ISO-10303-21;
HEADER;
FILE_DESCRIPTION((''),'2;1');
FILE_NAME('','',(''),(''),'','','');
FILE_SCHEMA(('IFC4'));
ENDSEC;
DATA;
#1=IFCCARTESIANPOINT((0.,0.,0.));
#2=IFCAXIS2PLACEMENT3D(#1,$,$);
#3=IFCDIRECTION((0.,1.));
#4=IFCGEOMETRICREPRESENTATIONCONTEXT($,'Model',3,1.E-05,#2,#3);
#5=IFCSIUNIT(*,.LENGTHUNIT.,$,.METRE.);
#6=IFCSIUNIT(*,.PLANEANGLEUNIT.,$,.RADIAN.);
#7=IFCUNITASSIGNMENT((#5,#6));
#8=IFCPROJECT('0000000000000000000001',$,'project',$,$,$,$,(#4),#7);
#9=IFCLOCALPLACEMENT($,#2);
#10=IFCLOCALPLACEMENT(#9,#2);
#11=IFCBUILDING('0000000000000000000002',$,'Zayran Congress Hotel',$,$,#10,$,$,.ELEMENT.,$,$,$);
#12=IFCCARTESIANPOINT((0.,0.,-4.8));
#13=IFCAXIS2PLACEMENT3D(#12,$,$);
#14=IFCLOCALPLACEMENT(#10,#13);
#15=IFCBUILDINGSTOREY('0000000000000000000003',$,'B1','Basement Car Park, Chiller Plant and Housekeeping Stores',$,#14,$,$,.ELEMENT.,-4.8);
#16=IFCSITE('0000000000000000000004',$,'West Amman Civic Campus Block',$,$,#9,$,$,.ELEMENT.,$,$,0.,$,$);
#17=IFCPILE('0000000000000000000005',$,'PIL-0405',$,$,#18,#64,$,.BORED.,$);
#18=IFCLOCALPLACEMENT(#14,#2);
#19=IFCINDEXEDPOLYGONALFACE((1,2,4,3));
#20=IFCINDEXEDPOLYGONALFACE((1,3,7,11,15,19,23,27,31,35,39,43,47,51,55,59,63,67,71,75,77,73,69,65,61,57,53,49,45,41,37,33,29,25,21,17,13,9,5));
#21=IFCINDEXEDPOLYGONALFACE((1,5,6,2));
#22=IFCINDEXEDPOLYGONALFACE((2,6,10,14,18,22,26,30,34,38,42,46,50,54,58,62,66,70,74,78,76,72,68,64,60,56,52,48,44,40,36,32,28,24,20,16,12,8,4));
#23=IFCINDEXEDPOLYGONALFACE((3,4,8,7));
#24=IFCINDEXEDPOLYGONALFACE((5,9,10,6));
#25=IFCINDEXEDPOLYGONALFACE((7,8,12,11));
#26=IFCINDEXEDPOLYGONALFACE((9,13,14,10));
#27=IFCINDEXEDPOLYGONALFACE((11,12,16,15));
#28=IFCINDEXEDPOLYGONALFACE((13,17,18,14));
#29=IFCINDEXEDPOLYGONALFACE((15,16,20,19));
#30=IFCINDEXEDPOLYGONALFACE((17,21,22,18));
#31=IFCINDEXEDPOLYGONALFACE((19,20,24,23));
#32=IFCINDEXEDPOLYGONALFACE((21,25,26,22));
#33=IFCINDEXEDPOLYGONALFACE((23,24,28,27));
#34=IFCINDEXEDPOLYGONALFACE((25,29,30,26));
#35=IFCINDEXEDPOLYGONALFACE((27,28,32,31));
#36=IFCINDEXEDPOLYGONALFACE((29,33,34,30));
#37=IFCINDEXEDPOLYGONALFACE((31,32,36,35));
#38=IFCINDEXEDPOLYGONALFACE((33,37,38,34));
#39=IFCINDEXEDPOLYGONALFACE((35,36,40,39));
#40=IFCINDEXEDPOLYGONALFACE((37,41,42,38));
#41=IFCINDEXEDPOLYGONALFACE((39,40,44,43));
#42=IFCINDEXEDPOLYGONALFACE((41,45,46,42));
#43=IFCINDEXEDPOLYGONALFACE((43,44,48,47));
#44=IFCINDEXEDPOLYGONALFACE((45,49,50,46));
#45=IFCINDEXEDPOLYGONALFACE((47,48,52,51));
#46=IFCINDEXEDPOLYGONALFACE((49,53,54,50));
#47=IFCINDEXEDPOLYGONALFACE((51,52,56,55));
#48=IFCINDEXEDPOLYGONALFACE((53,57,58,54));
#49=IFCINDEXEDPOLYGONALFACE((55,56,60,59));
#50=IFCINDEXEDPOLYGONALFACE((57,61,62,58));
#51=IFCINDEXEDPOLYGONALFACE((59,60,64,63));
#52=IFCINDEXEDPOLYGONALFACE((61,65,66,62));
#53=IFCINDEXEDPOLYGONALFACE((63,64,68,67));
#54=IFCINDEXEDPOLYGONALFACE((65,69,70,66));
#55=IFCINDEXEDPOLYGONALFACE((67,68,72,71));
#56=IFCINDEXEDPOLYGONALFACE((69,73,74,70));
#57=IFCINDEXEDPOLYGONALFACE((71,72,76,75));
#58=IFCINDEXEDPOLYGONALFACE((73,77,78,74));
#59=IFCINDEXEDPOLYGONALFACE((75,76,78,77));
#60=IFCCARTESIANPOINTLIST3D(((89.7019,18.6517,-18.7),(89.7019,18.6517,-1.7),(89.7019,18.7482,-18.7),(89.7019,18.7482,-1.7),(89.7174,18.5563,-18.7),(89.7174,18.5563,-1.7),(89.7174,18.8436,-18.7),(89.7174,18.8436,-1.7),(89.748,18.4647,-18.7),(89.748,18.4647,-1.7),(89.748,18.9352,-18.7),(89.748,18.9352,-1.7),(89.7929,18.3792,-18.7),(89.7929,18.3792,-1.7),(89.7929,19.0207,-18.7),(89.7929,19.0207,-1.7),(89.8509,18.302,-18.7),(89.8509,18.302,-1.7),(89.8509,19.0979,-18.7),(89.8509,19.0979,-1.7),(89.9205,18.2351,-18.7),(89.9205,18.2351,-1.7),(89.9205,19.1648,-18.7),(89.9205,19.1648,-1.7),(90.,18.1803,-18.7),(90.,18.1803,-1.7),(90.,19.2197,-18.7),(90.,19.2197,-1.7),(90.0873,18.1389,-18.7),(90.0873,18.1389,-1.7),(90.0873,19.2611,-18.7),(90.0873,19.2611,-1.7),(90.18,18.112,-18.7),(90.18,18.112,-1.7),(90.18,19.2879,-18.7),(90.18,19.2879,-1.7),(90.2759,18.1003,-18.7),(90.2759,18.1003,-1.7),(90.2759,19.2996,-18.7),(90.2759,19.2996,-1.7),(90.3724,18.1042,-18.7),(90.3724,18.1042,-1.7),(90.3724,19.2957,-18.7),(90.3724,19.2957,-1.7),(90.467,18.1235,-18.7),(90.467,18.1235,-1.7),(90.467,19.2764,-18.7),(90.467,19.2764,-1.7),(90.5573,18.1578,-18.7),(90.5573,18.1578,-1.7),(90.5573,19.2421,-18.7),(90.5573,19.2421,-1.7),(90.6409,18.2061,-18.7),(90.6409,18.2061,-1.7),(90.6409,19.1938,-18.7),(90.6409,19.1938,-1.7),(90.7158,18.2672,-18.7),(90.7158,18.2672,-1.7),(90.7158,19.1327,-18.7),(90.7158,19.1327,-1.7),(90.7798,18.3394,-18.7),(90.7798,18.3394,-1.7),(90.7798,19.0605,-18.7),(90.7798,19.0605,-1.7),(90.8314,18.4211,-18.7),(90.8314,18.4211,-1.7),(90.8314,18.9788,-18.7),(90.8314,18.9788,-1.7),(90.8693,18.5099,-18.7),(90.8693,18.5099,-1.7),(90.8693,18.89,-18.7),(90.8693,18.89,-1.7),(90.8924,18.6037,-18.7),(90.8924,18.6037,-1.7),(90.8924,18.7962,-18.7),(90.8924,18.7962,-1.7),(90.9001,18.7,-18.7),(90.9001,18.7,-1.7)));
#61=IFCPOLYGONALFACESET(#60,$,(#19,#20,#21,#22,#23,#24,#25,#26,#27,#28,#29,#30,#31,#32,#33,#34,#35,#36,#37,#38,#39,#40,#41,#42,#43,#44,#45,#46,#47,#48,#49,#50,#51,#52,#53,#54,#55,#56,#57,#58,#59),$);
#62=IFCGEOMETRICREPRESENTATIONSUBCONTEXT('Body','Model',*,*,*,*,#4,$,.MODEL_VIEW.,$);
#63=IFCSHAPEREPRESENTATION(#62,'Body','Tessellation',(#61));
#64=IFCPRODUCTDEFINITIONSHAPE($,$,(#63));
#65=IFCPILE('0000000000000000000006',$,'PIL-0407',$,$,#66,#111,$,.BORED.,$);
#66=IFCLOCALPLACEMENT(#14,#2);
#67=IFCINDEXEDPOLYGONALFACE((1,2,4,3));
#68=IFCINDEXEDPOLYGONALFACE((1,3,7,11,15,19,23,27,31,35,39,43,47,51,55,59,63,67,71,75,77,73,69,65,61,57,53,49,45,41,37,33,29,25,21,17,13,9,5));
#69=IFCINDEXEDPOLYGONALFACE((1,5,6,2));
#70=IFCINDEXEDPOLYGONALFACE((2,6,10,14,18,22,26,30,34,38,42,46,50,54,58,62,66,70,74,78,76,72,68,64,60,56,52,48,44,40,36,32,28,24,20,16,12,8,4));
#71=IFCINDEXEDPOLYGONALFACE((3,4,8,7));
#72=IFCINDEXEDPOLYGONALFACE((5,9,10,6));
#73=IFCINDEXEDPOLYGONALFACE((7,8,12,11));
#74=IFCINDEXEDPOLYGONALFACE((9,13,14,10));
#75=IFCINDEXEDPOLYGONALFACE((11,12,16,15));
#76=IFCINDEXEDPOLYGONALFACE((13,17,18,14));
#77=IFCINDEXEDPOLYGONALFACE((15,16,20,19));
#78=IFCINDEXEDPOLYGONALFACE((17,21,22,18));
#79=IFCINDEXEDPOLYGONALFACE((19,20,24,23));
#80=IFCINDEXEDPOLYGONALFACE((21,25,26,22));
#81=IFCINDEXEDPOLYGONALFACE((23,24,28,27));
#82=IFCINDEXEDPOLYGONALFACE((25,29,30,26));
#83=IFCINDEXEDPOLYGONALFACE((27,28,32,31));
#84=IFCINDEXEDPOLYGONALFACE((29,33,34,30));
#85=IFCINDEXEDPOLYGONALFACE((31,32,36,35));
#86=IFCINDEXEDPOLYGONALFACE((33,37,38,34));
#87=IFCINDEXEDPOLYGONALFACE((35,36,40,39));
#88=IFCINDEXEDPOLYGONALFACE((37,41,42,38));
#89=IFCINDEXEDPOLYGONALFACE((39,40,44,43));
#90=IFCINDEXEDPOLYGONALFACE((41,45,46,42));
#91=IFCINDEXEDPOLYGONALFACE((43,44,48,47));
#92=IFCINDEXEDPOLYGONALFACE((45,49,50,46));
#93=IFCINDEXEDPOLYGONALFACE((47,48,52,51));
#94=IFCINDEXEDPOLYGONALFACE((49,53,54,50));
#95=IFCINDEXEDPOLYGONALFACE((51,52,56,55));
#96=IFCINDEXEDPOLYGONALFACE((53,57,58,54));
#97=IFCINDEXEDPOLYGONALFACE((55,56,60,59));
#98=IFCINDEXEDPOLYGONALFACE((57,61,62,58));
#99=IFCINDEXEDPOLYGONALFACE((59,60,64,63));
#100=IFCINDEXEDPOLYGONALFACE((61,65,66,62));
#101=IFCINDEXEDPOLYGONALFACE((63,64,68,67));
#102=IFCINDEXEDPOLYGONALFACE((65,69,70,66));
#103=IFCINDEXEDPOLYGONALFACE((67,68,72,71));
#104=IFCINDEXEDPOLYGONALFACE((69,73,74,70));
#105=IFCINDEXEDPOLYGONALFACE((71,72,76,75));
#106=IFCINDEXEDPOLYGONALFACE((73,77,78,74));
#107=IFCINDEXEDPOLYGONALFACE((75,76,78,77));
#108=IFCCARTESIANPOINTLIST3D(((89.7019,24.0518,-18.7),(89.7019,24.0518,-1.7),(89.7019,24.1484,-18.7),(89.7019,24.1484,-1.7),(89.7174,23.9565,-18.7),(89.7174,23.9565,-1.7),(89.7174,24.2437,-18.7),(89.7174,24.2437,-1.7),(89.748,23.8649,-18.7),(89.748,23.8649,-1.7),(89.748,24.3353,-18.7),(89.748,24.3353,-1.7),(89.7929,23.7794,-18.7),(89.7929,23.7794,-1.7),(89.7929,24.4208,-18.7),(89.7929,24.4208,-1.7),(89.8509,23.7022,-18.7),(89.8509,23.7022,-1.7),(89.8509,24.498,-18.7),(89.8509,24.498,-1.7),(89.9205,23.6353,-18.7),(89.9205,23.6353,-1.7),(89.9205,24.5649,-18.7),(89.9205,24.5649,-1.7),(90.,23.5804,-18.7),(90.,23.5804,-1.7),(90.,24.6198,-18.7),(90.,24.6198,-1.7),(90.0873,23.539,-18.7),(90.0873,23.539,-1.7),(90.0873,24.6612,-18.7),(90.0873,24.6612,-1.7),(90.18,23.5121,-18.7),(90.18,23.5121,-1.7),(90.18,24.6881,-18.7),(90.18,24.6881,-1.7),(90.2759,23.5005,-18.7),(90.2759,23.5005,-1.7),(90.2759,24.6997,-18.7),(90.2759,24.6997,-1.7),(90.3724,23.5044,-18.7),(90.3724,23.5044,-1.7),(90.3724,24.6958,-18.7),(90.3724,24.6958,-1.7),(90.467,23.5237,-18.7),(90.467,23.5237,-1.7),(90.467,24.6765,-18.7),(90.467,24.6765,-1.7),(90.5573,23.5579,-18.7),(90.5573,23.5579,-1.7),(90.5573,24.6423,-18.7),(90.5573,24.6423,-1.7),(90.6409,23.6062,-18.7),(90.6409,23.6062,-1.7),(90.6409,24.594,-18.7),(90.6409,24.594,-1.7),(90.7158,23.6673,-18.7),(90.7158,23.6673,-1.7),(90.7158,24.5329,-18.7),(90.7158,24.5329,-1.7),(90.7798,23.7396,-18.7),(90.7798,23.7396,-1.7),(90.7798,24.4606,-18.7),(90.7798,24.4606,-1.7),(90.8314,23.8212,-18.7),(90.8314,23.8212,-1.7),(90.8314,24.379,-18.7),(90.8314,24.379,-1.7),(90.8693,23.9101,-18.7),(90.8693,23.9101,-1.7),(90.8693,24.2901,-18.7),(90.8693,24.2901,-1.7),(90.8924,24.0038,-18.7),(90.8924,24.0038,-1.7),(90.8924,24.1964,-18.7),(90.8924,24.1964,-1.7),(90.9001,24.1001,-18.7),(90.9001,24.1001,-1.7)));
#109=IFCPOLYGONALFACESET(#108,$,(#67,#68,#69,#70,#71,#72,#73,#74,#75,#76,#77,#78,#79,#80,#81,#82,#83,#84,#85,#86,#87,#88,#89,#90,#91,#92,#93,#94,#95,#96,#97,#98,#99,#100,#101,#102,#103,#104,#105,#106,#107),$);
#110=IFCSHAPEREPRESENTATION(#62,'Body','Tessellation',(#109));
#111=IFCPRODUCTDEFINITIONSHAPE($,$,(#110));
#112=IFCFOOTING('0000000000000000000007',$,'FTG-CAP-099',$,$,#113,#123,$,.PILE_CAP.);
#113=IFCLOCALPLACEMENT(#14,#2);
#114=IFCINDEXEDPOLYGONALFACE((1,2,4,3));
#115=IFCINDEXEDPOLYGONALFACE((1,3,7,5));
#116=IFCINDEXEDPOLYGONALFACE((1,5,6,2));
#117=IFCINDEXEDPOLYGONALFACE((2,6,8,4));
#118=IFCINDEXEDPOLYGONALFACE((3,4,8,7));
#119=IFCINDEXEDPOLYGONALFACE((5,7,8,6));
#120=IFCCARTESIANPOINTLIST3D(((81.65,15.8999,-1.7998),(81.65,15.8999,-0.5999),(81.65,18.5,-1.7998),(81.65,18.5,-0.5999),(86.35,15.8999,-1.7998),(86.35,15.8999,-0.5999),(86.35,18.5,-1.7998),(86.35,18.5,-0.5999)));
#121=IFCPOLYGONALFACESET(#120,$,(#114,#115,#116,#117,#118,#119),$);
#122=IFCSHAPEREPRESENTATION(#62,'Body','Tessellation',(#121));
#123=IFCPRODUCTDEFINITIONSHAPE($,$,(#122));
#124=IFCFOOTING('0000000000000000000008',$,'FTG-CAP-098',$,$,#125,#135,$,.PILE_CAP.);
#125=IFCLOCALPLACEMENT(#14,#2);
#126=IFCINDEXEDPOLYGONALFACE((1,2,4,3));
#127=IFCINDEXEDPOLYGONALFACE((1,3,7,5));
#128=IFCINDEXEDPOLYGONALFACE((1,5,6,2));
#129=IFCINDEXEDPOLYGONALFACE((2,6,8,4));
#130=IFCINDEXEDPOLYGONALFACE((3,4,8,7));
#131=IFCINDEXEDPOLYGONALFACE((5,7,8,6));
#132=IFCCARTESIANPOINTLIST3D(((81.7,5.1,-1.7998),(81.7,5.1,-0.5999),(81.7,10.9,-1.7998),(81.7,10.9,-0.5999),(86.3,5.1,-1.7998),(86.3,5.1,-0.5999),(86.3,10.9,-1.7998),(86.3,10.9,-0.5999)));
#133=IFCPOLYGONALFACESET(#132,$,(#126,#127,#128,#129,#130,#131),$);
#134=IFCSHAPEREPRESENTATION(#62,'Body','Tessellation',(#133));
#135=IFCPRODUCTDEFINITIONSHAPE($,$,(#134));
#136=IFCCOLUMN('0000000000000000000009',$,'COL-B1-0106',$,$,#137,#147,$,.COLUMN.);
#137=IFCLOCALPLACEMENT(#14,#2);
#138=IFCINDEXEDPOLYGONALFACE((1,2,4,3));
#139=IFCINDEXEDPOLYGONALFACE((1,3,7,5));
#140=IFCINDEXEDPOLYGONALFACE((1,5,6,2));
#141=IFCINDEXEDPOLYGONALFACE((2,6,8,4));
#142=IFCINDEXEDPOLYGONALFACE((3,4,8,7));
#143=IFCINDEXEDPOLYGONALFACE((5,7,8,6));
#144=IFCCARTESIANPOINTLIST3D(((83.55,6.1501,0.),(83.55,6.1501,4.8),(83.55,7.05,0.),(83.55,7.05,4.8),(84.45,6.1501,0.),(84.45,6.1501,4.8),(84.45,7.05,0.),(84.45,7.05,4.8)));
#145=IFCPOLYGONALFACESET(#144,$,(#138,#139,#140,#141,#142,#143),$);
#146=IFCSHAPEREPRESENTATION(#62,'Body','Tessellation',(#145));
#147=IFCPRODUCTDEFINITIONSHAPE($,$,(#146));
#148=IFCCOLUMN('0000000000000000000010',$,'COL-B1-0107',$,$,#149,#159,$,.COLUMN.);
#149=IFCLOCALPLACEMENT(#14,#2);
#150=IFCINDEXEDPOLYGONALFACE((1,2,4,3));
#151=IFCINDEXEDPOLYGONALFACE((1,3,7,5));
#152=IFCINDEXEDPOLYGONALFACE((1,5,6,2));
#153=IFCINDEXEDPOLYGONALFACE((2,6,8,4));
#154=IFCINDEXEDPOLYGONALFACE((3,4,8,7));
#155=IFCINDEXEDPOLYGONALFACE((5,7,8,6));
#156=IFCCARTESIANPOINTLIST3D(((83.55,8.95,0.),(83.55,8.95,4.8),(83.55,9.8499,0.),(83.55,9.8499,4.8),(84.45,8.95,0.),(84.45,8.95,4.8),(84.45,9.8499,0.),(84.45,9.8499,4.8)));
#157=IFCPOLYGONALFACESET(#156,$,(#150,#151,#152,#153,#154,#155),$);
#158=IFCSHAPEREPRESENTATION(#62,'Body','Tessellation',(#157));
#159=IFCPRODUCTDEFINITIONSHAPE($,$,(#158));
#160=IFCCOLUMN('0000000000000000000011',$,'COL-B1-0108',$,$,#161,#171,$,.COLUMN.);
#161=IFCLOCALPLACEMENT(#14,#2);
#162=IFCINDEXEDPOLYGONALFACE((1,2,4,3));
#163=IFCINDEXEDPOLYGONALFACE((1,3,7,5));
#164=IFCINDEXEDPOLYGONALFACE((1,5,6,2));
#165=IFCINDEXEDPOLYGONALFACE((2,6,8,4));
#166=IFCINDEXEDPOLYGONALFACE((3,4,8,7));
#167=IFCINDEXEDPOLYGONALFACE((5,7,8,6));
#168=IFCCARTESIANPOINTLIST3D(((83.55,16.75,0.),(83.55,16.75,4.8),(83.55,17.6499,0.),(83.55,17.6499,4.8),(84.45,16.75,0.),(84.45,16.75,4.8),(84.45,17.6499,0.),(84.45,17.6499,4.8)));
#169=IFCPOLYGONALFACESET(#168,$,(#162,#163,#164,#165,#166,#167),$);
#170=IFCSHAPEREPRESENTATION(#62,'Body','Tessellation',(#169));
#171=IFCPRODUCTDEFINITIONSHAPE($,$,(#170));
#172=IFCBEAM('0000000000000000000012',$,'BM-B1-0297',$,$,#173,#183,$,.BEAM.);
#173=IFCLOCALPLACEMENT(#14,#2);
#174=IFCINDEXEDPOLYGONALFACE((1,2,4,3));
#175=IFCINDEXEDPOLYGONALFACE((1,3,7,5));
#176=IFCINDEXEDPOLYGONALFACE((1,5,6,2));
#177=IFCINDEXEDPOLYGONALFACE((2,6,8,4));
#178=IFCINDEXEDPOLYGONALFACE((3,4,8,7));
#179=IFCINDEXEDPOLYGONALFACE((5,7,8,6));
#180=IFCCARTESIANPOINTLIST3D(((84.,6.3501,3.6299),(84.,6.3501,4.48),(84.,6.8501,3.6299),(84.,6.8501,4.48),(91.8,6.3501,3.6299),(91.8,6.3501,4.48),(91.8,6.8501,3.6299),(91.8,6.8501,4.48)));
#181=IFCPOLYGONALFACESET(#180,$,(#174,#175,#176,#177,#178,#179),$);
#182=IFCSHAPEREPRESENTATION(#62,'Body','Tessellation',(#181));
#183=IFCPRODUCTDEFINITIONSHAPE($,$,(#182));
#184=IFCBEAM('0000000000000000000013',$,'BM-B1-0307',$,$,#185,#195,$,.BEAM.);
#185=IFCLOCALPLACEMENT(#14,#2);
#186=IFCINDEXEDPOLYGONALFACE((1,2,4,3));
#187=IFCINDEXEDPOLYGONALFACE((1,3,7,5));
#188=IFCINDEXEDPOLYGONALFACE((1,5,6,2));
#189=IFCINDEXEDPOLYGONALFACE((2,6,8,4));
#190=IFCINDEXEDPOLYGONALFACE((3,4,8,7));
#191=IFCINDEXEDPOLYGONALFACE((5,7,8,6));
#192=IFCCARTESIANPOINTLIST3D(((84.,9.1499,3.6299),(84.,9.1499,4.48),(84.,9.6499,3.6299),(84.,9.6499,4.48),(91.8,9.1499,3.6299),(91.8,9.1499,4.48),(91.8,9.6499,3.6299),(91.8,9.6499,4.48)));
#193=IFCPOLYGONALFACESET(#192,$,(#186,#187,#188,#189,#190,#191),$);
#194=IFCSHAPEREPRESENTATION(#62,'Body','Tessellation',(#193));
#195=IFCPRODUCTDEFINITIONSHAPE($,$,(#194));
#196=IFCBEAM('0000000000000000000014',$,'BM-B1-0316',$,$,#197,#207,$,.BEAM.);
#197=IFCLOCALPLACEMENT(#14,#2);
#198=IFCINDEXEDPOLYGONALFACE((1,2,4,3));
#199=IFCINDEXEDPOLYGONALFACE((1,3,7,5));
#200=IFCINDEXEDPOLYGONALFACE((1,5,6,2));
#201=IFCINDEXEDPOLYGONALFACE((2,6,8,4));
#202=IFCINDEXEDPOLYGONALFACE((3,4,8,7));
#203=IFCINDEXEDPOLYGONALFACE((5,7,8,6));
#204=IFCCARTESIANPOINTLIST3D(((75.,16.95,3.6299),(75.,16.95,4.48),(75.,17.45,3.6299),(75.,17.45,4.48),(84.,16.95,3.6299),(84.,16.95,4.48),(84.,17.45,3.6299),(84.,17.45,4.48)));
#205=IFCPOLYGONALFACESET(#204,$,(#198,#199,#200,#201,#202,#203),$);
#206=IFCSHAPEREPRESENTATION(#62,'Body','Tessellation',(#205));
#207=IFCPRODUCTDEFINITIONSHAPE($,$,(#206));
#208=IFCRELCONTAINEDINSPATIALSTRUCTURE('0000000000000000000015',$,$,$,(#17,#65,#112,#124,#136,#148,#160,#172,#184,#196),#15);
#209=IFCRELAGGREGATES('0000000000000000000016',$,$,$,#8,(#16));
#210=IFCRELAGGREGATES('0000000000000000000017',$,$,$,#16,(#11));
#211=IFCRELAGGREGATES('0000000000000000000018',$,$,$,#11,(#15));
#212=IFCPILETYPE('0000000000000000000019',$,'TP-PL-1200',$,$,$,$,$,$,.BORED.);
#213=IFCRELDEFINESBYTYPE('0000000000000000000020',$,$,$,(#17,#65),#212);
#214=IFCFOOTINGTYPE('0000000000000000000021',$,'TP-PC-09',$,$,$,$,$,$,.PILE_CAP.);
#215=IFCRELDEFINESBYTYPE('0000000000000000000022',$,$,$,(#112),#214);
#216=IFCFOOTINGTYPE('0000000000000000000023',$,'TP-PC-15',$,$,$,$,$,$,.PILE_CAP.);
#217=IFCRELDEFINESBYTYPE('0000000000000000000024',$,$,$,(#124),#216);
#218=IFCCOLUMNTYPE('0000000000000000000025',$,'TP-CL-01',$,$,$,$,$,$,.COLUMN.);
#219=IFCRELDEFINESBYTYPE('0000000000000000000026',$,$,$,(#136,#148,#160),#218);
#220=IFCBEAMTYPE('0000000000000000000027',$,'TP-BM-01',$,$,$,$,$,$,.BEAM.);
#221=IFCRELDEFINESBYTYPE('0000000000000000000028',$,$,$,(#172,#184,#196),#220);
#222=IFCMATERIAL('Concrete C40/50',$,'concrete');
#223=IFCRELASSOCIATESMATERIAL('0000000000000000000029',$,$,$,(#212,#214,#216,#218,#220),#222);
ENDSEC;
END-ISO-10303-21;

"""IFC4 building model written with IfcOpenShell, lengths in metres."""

from ifc_helpers import new_model, si_unit, direction, frame, origin, origin_2d, place, context, subcontext, project, spatial, rectangle, circle, extrude, material, material_profile, profile_set, type_object, element, save


model = new_model("IFC4")

# Units and contexts
model_context = context("Model", 3, precision=1e-05, world=origin(), true_north=direction((0.0, 1.0)))
body_context = subcontext(model_context, "Body", "Model", "MODEL_VIEW")
ifc_project = project(units=[si_unit("LENGTHUNIT", "METRE"), si_unit("PLANEANGLEUNIT", "RADIAN")], contexts=[model_context])

# Site, building, storey
site_placement = place(None, origin())
site = spatial("IfcSite", under=ifc_project, at=site_placement, Name="West Amman Civic Campus Block", CompositionType="ELEMENT", RefElevation=0.0)
building_placement = place(site_placement, origin())
building = spatial("IfcBuilding", under=site, at=building_placement, Name="Zayran Congress Hotel", CompositionType="ELEMENT")
storey_placement = place(building_placement, frame((0.0, 0.0, -4.8)))
storey = spatial("IfcBuildingStorey", under=building, at=storey_placement, Name="B1", Description="Basement Car Park, Chiller Plant and Housekeeping Stores", CompositionType="ELEMENT", Elevation=-4.8)

# Piles
ifc_material_1 = material(Name="Concrete C40/50", Category="concrete")
ifc_material_profile_1 = material_profile(ifc_material_1, circle(Radius=0.6001, at=origin_2d()), Name="PILE D1200")
ifc_profile_set_1 = profile_set([ifc_material_profile_1], Name="Concrete C40/50")
pile_type = type_object("IfcPileType", Name="TP-PL-1200", PredefinedType="BORED", material=ifc_profile_set_1)
for number, where, z_axis, x_axis, name in (
    (1, (90.3, 18.7, -1.7), (0.0, 0.0, -1.0), (1.0, 0.0, 0.0), "PIL-0405"),
    (2, (90.3, 24.1001, -1.7), (0.0, 0.0, -1.0), (1.0, 0.0, 0.0), "PIL-0407"),
):
    element("IfcPile", number, at=place(storey_placement, frame(where, z_axis=z_axis, x_axis=x_axis)), inside=storey, type_object=pile_type, Name=name, PredefinedType="BORED", context=body_context, shape_type="SweptSolid", body=[
        extrude(circle(Radius=0.6001, at=origin_2d()), origin(), (0.0, 0.0, 1.0), 17.0),
    ])

# Footings
footing_type_1 = type_object("IfcFootingType", Name="TP-PC-09", PredefinedType="PILE_CAP", material=ifc_material_1)
footing_1_placement = place(storey_placement, frame((84.0, 17.2, -1.7998), z_axis=(0.0, 0.0, 1.0), x_axis=(1.0, 0.0, 0.0)))
element("IfcFooting", 3, at=footing_1_placement, inside=storey, type_object=footing_type_1, Name="FTG-CAP-099", PredefinedType="PILE_CAP", context=body_context, shape_type="SweptSolid", body=[
    extrude(rectangle(XDim=4.7, YDim=2.6001, at=origin_2d()), origin(), (0.0, 0.0, 1.0), 1.2),
])
footing_type_2 = type_object("IfcFootingType", Name="TP-PC-15", PredefinedType="PILE_CAP", material=ifc_material_1)
footing_2_placement = place(storey_placement, frame((84.0, 8.0, -1.7998), z_axis=(0.0, 0.0, 1.0), x_axis=(1.0, 0.0, 0.0)))
element("IfcFooting", 4, at=footing_2_placement, inside=storey, type_object=footing_type_2, Name="FTG-CAP-098", PredefinedType="PILE_CAP", context=body_context, shape_type="SweptSolid", body=[
    extrude(rectangle(XDim=4.6001, YDim=5.8, at=origin_2d()), origin(), (0.0, 0.0, 1.0), 1.2),
])

# Columns
ifc_material_profile_2 = material_profile(ifc_material_1, rectangle(XDim=0.8999, YDim=0.8999, at=origin_2d()), Name="RC 900x900")
ifc_profile_set_2 = profile_set([ifc_material_profile_2], Name="Concrete C40/50")
column_type = type_object("IfcColumnType", Name="TP-CL-01", PredefinedType="COLUMN", material=ifc_profile_set_2)
for number, where, z_axis, x_axis, name in (
    (5, (84.0, 6.6001, 0.0), (0.0, 0.0, 1.0), (1.0, 0.0, 0.0), "COL-B1-0106"),
    (6, (84.0, 9.3999, 0.0), (0.0, 0.0, 1.0), (1.0, 0.0, 0.0), "COL-B1-0107"),
    (7, (84.0, 17.2, 0.0), (0.0, 0.0, 1.0), (1.0, 0.0, 0.0), "COL-B1-0108"),
):
    element("IfcColumn", number, at=place(storey_placement, frame(where, z_axis=z_axis, x_axis=x_axis)), inside=storey, type_object=column_type, Name=name, PredefinedType="COLUMN", context=body_context, shape_type="SweptSolid", body=[
        extrude(rectangle(XDim=0.8999, YDim=0.8999, at=origin_2d()), origin(), (0.0, 0.0, 1.0), 4.8),
    ])

# Beams
ifc_material_profile_3 = material_profile(ifc_material_1, rectangle(XDim=0.5, YDim=0.8501, at=origin_2d()), Name="RC 500x850")
ifc_profile_set_3 = profile_set([ifc_material_profile_3], Name="Concrete C40/50")
beam_type = type_object("IfcBeamType", Name="TP-BM-01", PredefinedType="BEAM", material=ifc_profile_set_3)
for number, where, z_axis, x_axis, name in (
    (8, (84.0, 6.6001, 4.0549), (1.0, 0.0, 0.0), (0.0, 1.0, 0.0), "BM-B1-0297"),
    (9, (84.0, 9.3999, 4.0549), (1.0, 0.0, 0.0), (0.0, 1.0, 0.0), "BM-B1-0307"),
):
    element("IfcBeam", number, at=place(storey_placement, frame(where, z_axis=z_axis, x_axis=x_axis)), inside=storey, type_object=beam_type, Name=name, PredefinedType="BEAM", context=body_context, shape_type="SweptSolid", body=[
        extrude(rectangle(XDim=0.5, YDim=0.8501, at=origin_2d()), origin(), (0.0, 0.0, 1.0), 7.8),
    ])
beam_1_placement = place(storey_placement, frame((75.0, 17.2, 4.0549), z_axis=(1.0, 0.0, 0.0), x_axis=(0.0, 1.0, 0.0)))
element("IfcBeam", 10, at=beam_1_placement, inside=storey, type_object=beam_type, Name="BM-B1-0316", PredefinedType="BEAM", context=body_context, shape_type="SweptSolid", body=[
    extrude(rectangle(XDim=0.5, YDim=0.8501, at=origin_2d()), origin(), (0.0, 0.0, 1.0), 9.0),
])

save(model, "model.ifc")
